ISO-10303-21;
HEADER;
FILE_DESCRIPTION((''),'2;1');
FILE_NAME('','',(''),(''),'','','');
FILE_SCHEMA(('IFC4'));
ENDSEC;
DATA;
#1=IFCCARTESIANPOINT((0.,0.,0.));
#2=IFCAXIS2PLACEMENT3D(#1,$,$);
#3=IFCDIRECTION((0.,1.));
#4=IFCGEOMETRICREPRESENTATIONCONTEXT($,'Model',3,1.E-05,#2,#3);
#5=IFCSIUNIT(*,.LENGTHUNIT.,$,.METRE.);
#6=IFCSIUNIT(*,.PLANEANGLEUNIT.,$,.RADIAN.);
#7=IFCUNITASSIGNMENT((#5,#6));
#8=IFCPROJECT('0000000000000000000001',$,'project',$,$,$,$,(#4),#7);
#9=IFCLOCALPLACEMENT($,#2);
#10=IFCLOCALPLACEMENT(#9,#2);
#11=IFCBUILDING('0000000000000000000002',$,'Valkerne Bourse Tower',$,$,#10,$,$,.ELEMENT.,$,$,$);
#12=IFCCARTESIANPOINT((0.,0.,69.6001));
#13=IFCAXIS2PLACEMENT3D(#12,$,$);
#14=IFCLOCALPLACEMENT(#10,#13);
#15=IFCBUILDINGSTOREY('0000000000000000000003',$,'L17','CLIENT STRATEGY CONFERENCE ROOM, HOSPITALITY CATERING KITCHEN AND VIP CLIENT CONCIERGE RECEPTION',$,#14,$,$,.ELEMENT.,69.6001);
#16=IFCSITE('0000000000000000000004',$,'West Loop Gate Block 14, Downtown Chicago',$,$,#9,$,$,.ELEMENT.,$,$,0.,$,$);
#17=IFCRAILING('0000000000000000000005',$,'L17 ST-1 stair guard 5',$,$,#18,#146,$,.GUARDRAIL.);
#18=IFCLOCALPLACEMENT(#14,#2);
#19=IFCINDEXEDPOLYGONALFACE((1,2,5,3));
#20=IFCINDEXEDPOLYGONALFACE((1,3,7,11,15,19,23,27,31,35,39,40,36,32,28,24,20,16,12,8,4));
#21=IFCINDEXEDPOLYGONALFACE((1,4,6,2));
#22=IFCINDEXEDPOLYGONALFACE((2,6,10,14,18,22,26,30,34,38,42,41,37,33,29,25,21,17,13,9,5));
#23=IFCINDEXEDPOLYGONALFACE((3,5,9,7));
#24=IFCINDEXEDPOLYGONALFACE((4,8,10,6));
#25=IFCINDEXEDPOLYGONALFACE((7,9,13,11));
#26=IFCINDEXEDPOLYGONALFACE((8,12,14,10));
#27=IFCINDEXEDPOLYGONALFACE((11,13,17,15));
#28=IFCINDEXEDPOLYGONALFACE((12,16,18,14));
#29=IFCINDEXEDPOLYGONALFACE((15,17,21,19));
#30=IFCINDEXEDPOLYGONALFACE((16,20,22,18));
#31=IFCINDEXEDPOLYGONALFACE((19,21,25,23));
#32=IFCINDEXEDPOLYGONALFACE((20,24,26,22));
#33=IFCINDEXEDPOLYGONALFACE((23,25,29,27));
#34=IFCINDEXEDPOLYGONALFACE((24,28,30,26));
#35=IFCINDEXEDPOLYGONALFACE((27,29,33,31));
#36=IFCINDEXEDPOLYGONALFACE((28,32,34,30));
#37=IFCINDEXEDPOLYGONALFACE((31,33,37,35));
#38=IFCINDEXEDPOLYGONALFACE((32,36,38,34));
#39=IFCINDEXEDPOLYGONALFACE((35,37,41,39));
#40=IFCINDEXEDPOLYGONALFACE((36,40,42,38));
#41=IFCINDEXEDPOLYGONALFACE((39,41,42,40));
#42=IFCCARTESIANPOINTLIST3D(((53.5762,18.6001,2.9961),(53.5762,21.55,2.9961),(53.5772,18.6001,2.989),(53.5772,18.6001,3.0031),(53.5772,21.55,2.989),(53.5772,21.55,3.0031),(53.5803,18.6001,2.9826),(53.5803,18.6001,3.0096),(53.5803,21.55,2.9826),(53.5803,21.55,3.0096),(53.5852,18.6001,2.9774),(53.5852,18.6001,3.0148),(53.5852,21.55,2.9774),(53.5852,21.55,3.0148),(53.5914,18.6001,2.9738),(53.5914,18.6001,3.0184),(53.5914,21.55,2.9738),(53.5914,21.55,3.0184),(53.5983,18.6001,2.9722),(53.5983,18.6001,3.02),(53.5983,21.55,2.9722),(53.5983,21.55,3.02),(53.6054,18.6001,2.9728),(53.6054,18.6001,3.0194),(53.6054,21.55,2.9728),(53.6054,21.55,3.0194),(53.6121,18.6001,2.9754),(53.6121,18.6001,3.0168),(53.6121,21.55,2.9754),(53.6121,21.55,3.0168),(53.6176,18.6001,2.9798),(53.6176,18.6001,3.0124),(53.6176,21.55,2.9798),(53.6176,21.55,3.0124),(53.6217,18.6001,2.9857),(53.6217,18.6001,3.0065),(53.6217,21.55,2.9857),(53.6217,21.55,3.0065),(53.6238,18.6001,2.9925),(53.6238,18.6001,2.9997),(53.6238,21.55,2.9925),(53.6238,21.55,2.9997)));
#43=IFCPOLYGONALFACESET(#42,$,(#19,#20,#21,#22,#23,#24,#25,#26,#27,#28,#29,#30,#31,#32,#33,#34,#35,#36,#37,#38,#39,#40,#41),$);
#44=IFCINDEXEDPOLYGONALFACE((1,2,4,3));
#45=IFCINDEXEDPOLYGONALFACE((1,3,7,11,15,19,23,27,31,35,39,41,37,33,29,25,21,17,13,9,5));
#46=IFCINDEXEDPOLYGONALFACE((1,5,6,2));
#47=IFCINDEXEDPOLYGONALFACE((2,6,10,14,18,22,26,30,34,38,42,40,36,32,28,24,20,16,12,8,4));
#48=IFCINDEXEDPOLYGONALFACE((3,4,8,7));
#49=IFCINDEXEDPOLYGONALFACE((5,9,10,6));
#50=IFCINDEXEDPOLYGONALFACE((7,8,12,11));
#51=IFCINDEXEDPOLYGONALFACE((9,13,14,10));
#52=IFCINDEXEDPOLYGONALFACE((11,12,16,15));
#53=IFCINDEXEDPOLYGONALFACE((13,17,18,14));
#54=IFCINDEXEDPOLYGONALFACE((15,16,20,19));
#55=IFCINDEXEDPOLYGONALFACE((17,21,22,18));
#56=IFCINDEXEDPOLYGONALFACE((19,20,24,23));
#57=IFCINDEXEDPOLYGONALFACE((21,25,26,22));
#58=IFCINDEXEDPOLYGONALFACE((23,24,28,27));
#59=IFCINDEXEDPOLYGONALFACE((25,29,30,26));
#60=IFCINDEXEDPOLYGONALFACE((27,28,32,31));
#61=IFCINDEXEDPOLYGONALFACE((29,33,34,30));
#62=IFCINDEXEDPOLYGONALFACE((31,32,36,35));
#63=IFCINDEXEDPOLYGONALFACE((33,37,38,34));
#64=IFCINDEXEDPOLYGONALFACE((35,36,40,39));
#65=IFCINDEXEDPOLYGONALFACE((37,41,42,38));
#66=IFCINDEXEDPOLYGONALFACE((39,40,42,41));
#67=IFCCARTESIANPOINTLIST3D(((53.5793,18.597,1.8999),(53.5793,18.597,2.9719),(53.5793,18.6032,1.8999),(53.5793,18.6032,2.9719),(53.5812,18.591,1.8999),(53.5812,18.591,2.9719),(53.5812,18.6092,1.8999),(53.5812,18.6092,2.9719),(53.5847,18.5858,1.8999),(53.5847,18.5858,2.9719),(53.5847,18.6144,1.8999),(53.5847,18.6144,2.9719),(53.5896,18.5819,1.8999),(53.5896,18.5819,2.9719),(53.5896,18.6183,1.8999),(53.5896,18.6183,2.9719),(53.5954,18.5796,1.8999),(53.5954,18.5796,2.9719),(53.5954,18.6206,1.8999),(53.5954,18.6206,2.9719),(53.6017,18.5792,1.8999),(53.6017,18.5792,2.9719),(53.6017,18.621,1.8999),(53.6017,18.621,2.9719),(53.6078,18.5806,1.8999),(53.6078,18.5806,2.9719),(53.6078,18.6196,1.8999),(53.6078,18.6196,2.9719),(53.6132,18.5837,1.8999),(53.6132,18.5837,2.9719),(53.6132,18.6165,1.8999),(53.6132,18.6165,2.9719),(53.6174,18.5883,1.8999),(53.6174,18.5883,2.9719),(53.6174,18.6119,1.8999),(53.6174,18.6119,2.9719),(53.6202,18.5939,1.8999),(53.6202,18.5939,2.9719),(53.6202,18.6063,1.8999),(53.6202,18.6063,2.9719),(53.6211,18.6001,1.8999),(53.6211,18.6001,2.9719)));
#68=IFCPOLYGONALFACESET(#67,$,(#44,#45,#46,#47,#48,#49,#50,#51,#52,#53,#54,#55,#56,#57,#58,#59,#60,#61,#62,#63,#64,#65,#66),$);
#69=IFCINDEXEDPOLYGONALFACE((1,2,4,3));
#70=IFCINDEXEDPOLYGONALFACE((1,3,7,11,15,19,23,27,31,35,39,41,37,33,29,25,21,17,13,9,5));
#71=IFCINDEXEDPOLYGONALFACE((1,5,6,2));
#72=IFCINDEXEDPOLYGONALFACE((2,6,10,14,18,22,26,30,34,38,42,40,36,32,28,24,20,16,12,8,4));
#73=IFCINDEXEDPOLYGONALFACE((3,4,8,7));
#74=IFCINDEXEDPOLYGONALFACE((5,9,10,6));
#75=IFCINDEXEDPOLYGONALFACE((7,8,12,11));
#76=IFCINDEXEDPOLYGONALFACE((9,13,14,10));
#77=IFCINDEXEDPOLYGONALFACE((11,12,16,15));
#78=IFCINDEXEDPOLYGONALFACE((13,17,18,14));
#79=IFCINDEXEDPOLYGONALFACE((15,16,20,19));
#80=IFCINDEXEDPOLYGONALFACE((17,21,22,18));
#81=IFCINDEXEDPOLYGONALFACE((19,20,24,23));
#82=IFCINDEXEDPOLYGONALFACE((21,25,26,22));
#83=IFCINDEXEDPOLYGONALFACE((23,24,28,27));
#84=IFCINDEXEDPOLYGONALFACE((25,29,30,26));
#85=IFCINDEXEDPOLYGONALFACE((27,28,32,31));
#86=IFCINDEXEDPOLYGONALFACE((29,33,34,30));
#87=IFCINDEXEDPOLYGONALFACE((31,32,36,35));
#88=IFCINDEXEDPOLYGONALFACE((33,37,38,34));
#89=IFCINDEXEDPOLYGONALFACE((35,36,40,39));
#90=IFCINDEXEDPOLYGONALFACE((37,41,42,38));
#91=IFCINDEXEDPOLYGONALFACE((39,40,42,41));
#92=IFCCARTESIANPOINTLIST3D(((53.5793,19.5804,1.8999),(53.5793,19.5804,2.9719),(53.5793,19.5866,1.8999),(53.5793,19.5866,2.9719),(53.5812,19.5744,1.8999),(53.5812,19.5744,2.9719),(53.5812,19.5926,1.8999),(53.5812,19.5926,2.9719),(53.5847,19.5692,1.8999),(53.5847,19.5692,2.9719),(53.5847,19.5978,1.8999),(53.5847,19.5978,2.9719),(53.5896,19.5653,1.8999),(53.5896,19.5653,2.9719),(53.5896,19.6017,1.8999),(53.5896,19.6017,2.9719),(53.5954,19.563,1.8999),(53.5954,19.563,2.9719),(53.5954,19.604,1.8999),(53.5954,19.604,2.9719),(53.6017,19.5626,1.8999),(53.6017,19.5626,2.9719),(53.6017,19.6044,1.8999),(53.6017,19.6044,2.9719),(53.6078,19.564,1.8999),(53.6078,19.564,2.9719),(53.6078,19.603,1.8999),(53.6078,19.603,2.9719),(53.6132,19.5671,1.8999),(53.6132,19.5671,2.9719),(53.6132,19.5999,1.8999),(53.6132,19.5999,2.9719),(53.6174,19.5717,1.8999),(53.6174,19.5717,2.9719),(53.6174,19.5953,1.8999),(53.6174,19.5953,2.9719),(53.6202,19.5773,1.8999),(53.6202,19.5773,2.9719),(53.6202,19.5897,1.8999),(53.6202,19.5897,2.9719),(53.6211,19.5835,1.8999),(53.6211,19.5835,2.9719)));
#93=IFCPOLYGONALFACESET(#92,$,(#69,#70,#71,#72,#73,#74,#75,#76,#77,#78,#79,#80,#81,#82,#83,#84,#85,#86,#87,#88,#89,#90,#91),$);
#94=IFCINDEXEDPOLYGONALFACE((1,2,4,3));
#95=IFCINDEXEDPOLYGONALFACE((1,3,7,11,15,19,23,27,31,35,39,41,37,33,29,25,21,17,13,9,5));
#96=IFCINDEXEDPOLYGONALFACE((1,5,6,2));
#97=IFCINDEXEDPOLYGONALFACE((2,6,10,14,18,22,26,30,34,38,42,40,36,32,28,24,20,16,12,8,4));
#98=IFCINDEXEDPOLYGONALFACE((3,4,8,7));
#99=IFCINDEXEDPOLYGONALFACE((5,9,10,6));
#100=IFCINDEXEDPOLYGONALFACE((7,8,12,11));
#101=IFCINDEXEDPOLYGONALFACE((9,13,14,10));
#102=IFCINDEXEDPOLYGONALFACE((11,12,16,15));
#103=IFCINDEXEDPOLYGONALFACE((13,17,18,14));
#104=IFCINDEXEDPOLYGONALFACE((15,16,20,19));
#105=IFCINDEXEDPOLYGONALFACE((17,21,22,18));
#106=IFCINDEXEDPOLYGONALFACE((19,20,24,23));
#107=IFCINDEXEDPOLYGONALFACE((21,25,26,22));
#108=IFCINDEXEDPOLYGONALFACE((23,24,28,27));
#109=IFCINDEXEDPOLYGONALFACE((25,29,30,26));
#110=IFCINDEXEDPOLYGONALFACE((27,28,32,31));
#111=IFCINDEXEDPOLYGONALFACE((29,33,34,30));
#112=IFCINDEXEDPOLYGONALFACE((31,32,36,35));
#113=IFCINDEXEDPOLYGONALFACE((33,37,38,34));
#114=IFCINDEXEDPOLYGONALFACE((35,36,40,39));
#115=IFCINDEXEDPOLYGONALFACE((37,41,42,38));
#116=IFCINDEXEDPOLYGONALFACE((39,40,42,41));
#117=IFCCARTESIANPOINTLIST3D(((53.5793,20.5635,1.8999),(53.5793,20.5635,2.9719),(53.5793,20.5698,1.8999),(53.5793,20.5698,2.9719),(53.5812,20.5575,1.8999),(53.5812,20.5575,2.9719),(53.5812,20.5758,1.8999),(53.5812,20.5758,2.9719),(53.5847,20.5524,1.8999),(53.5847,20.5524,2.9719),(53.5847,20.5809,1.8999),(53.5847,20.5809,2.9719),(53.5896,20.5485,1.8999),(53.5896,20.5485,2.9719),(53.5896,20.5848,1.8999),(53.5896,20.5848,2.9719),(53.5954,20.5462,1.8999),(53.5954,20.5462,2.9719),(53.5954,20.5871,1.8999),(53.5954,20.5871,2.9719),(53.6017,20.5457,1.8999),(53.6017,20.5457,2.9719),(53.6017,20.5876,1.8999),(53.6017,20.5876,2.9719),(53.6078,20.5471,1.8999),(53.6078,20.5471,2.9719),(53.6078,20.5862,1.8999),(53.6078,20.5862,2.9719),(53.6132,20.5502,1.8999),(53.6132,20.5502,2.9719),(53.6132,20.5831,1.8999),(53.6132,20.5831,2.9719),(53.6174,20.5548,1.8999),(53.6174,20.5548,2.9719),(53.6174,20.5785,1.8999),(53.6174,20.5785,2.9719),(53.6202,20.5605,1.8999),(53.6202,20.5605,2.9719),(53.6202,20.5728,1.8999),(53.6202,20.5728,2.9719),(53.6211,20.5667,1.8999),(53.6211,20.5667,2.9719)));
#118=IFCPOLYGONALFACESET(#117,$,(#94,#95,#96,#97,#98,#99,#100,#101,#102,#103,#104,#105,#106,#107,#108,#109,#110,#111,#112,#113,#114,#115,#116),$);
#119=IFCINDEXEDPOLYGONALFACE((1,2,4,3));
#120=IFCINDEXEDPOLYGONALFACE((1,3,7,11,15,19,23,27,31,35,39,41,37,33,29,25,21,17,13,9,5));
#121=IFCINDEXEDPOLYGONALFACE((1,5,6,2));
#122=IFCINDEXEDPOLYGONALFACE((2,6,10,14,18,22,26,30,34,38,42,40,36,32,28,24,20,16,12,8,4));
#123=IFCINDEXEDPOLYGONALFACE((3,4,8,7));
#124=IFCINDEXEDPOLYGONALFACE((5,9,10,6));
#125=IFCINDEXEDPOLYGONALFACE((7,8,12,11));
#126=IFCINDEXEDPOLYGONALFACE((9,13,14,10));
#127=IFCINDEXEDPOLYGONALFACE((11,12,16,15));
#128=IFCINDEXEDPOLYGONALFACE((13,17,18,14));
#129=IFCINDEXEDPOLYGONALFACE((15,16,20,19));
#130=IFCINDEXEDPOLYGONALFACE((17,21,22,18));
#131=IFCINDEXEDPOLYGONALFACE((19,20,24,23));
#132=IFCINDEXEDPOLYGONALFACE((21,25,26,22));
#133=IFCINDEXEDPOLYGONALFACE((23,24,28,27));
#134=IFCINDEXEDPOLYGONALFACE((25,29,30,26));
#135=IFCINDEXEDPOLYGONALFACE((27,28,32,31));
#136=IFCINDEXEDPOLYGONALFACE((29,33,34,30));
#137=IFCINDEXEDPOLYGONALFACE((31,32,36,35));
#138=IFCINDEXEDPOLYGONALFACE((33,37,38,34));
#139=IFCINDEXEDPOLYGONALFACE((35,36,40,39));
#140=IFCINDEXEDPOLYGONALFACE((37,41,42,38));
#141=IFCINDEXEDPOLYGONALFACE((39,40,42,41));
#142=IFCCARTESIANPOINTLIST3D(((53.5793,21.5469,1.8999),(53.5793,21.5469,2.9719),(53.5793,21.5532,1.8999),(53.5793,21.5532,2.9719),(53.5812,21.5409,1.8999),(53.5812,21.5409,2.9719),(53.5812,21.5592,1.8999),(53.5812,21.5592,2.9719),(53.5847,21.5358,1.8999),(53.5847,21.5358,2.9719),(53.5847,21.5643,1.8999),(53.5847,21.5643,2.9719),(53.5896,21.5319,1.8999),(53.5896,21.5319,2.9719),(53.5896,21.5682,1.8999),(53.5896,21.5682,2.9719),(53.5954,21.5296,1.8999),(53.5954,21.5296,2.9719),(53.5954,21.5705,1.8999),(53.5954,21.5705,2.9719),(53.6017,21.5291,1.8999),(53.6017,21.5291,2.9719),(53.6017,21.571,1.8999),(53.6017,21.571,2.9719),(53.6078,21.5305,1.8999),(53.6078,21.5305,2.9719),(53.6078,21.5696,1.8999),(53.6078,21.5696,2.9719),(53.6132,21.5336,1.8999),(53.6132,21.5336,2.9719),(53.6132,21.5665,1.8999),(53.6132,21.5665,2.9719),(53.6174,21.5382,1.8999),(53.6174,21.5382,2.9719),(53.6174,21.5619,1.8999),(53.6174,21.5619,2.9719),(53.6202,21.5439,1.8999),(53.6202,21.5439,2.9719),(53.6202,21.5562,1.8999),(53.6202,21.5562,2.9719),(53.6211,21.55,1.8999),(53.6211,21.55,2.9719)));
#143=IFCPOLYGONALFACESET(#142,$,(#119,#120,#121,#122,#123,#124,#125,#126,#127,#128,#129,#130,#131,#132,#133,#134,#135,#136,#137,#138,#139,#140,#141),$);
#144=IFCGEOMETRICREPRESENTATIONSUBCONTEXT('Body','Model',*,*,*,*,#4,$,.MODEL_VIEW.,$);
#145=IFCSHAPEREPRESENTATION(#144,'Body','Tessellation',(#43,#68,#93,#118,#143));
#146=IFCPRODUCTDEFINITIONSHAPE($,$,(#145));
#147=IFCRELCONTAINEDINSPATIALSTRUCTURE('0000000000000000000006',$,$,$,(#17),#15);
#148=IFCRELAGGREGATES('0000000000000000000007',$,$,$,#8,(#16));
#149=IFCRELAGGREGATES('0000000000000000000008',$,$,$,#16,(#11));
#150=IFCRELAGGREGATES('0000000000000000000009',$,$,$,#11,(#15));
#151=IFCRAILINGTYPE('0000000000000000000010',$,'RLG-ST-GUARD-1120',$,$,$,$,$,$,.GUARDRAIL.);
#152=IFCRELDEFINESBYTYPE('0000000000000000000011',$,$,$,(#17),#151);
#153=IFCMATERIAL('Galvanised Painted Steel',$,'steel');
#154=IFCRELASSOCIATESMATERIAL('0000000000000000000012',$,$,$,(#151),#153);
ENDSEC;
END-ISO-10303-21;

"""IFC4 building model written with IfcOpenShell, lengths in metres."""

from ifc_helpers import new_model, si_unit, direction, frame, origin, origin_2d, place, context, subcontext, project, spatial, circle, extrude, material, type_object, element, save


model = new_model("IFC4")

# Units and contexts
model_context = context("Model", 3, precision=1e-05, world=origin(), true_north=direction((0.0, 1.0)))
body_context = subcontext(model_context, "Body", "Model", "MODEL_VIEW")
ifc_project = project(units=[si_unit("LENGTHUNIT", "METRE"), si_unit("PLANEANGLEUNIT", "RADIAN")], contexts=[model_context])

# Site, building, storey
site_placement = place(None, origin())
site = spatial("IfcSite", under=ifc_project, at=site_placement, Name="West Loop Gate Block 14, Downtown Chicago", CompositionType="ELEMENT", RefElevation=0.0)
building_placement = place(site_placement, origin())
building = spatial("IfcBuilding", under=site, at=building_placement, Name="Valkerne Bourse Tower", CompositionType="ELEMENT")
storey_placement = place(building_placement, frame((0.0, 0.0, 69.6001)))
storey = spatial("IfcBuildingStorey", under=building, at=storey_placement, Name="L17", Description="CLIENT STRATEGY CONFERENCE ROOM, HOSPITALITY CATERING KITCHEN AND VIP CLIENT CONCIERGE RECEPTION", CompositionType="ELEMENT", Elevation=69.6001)

# Shared definitions
ifc_material_1 = material(Name="Galvanised Painted Steel", Category="steel")

# Railing
railing_type_1 = type_object("IfcRailingType", Name="RLG-ST-GUARD-1120", PredefinedType="GUARDRAIL", material=ifc_material_1)
railing_1_placement = place(storey_placement, frame((53.6001, 18.6001, 1.8999)))
element("IfcRailing", 1, at=railing_1_placement, inside=storey, type_object=railing_type_1, Name="L17 ST-1 stair guard 5", PredefinedType="GUARDRAIL", context=body_context, shape_type="SweptSolid", body=[
    extrude(circle(Radius=0.0239, at=origin_2d()), frame((0.0, 0.0, 1.0962), z_axis=(0.0, 1.0, 0.0), x_axis=(-1.0, 0.0, 0.0)), (0.0, 0.0, 1.0), 2.95),
    extrude(circle(Radius=0.021, at=origin_2d()), origin(), (0.0, 0.0, 1.0), 1.072),
    extrude(circle(Radius=0.021, at=origin_2d()), frame((0.0, 0.9834, 0.0)), (0.0, 0.0, 1.0), 1.072),
    extrude(circle(Radius=0.021, at=origin_2d()), frame((0.0, 1.9666, 0.0)), (0.0, 0.0, 1.0), 1.072),
    extrude(circle(Radius=0.021, at=origin_2d()), frame((0.0, 2.95, 0.0)), (0.0, 0.0, 1.0), 1.072),
])

save(model, "model.ifc")
